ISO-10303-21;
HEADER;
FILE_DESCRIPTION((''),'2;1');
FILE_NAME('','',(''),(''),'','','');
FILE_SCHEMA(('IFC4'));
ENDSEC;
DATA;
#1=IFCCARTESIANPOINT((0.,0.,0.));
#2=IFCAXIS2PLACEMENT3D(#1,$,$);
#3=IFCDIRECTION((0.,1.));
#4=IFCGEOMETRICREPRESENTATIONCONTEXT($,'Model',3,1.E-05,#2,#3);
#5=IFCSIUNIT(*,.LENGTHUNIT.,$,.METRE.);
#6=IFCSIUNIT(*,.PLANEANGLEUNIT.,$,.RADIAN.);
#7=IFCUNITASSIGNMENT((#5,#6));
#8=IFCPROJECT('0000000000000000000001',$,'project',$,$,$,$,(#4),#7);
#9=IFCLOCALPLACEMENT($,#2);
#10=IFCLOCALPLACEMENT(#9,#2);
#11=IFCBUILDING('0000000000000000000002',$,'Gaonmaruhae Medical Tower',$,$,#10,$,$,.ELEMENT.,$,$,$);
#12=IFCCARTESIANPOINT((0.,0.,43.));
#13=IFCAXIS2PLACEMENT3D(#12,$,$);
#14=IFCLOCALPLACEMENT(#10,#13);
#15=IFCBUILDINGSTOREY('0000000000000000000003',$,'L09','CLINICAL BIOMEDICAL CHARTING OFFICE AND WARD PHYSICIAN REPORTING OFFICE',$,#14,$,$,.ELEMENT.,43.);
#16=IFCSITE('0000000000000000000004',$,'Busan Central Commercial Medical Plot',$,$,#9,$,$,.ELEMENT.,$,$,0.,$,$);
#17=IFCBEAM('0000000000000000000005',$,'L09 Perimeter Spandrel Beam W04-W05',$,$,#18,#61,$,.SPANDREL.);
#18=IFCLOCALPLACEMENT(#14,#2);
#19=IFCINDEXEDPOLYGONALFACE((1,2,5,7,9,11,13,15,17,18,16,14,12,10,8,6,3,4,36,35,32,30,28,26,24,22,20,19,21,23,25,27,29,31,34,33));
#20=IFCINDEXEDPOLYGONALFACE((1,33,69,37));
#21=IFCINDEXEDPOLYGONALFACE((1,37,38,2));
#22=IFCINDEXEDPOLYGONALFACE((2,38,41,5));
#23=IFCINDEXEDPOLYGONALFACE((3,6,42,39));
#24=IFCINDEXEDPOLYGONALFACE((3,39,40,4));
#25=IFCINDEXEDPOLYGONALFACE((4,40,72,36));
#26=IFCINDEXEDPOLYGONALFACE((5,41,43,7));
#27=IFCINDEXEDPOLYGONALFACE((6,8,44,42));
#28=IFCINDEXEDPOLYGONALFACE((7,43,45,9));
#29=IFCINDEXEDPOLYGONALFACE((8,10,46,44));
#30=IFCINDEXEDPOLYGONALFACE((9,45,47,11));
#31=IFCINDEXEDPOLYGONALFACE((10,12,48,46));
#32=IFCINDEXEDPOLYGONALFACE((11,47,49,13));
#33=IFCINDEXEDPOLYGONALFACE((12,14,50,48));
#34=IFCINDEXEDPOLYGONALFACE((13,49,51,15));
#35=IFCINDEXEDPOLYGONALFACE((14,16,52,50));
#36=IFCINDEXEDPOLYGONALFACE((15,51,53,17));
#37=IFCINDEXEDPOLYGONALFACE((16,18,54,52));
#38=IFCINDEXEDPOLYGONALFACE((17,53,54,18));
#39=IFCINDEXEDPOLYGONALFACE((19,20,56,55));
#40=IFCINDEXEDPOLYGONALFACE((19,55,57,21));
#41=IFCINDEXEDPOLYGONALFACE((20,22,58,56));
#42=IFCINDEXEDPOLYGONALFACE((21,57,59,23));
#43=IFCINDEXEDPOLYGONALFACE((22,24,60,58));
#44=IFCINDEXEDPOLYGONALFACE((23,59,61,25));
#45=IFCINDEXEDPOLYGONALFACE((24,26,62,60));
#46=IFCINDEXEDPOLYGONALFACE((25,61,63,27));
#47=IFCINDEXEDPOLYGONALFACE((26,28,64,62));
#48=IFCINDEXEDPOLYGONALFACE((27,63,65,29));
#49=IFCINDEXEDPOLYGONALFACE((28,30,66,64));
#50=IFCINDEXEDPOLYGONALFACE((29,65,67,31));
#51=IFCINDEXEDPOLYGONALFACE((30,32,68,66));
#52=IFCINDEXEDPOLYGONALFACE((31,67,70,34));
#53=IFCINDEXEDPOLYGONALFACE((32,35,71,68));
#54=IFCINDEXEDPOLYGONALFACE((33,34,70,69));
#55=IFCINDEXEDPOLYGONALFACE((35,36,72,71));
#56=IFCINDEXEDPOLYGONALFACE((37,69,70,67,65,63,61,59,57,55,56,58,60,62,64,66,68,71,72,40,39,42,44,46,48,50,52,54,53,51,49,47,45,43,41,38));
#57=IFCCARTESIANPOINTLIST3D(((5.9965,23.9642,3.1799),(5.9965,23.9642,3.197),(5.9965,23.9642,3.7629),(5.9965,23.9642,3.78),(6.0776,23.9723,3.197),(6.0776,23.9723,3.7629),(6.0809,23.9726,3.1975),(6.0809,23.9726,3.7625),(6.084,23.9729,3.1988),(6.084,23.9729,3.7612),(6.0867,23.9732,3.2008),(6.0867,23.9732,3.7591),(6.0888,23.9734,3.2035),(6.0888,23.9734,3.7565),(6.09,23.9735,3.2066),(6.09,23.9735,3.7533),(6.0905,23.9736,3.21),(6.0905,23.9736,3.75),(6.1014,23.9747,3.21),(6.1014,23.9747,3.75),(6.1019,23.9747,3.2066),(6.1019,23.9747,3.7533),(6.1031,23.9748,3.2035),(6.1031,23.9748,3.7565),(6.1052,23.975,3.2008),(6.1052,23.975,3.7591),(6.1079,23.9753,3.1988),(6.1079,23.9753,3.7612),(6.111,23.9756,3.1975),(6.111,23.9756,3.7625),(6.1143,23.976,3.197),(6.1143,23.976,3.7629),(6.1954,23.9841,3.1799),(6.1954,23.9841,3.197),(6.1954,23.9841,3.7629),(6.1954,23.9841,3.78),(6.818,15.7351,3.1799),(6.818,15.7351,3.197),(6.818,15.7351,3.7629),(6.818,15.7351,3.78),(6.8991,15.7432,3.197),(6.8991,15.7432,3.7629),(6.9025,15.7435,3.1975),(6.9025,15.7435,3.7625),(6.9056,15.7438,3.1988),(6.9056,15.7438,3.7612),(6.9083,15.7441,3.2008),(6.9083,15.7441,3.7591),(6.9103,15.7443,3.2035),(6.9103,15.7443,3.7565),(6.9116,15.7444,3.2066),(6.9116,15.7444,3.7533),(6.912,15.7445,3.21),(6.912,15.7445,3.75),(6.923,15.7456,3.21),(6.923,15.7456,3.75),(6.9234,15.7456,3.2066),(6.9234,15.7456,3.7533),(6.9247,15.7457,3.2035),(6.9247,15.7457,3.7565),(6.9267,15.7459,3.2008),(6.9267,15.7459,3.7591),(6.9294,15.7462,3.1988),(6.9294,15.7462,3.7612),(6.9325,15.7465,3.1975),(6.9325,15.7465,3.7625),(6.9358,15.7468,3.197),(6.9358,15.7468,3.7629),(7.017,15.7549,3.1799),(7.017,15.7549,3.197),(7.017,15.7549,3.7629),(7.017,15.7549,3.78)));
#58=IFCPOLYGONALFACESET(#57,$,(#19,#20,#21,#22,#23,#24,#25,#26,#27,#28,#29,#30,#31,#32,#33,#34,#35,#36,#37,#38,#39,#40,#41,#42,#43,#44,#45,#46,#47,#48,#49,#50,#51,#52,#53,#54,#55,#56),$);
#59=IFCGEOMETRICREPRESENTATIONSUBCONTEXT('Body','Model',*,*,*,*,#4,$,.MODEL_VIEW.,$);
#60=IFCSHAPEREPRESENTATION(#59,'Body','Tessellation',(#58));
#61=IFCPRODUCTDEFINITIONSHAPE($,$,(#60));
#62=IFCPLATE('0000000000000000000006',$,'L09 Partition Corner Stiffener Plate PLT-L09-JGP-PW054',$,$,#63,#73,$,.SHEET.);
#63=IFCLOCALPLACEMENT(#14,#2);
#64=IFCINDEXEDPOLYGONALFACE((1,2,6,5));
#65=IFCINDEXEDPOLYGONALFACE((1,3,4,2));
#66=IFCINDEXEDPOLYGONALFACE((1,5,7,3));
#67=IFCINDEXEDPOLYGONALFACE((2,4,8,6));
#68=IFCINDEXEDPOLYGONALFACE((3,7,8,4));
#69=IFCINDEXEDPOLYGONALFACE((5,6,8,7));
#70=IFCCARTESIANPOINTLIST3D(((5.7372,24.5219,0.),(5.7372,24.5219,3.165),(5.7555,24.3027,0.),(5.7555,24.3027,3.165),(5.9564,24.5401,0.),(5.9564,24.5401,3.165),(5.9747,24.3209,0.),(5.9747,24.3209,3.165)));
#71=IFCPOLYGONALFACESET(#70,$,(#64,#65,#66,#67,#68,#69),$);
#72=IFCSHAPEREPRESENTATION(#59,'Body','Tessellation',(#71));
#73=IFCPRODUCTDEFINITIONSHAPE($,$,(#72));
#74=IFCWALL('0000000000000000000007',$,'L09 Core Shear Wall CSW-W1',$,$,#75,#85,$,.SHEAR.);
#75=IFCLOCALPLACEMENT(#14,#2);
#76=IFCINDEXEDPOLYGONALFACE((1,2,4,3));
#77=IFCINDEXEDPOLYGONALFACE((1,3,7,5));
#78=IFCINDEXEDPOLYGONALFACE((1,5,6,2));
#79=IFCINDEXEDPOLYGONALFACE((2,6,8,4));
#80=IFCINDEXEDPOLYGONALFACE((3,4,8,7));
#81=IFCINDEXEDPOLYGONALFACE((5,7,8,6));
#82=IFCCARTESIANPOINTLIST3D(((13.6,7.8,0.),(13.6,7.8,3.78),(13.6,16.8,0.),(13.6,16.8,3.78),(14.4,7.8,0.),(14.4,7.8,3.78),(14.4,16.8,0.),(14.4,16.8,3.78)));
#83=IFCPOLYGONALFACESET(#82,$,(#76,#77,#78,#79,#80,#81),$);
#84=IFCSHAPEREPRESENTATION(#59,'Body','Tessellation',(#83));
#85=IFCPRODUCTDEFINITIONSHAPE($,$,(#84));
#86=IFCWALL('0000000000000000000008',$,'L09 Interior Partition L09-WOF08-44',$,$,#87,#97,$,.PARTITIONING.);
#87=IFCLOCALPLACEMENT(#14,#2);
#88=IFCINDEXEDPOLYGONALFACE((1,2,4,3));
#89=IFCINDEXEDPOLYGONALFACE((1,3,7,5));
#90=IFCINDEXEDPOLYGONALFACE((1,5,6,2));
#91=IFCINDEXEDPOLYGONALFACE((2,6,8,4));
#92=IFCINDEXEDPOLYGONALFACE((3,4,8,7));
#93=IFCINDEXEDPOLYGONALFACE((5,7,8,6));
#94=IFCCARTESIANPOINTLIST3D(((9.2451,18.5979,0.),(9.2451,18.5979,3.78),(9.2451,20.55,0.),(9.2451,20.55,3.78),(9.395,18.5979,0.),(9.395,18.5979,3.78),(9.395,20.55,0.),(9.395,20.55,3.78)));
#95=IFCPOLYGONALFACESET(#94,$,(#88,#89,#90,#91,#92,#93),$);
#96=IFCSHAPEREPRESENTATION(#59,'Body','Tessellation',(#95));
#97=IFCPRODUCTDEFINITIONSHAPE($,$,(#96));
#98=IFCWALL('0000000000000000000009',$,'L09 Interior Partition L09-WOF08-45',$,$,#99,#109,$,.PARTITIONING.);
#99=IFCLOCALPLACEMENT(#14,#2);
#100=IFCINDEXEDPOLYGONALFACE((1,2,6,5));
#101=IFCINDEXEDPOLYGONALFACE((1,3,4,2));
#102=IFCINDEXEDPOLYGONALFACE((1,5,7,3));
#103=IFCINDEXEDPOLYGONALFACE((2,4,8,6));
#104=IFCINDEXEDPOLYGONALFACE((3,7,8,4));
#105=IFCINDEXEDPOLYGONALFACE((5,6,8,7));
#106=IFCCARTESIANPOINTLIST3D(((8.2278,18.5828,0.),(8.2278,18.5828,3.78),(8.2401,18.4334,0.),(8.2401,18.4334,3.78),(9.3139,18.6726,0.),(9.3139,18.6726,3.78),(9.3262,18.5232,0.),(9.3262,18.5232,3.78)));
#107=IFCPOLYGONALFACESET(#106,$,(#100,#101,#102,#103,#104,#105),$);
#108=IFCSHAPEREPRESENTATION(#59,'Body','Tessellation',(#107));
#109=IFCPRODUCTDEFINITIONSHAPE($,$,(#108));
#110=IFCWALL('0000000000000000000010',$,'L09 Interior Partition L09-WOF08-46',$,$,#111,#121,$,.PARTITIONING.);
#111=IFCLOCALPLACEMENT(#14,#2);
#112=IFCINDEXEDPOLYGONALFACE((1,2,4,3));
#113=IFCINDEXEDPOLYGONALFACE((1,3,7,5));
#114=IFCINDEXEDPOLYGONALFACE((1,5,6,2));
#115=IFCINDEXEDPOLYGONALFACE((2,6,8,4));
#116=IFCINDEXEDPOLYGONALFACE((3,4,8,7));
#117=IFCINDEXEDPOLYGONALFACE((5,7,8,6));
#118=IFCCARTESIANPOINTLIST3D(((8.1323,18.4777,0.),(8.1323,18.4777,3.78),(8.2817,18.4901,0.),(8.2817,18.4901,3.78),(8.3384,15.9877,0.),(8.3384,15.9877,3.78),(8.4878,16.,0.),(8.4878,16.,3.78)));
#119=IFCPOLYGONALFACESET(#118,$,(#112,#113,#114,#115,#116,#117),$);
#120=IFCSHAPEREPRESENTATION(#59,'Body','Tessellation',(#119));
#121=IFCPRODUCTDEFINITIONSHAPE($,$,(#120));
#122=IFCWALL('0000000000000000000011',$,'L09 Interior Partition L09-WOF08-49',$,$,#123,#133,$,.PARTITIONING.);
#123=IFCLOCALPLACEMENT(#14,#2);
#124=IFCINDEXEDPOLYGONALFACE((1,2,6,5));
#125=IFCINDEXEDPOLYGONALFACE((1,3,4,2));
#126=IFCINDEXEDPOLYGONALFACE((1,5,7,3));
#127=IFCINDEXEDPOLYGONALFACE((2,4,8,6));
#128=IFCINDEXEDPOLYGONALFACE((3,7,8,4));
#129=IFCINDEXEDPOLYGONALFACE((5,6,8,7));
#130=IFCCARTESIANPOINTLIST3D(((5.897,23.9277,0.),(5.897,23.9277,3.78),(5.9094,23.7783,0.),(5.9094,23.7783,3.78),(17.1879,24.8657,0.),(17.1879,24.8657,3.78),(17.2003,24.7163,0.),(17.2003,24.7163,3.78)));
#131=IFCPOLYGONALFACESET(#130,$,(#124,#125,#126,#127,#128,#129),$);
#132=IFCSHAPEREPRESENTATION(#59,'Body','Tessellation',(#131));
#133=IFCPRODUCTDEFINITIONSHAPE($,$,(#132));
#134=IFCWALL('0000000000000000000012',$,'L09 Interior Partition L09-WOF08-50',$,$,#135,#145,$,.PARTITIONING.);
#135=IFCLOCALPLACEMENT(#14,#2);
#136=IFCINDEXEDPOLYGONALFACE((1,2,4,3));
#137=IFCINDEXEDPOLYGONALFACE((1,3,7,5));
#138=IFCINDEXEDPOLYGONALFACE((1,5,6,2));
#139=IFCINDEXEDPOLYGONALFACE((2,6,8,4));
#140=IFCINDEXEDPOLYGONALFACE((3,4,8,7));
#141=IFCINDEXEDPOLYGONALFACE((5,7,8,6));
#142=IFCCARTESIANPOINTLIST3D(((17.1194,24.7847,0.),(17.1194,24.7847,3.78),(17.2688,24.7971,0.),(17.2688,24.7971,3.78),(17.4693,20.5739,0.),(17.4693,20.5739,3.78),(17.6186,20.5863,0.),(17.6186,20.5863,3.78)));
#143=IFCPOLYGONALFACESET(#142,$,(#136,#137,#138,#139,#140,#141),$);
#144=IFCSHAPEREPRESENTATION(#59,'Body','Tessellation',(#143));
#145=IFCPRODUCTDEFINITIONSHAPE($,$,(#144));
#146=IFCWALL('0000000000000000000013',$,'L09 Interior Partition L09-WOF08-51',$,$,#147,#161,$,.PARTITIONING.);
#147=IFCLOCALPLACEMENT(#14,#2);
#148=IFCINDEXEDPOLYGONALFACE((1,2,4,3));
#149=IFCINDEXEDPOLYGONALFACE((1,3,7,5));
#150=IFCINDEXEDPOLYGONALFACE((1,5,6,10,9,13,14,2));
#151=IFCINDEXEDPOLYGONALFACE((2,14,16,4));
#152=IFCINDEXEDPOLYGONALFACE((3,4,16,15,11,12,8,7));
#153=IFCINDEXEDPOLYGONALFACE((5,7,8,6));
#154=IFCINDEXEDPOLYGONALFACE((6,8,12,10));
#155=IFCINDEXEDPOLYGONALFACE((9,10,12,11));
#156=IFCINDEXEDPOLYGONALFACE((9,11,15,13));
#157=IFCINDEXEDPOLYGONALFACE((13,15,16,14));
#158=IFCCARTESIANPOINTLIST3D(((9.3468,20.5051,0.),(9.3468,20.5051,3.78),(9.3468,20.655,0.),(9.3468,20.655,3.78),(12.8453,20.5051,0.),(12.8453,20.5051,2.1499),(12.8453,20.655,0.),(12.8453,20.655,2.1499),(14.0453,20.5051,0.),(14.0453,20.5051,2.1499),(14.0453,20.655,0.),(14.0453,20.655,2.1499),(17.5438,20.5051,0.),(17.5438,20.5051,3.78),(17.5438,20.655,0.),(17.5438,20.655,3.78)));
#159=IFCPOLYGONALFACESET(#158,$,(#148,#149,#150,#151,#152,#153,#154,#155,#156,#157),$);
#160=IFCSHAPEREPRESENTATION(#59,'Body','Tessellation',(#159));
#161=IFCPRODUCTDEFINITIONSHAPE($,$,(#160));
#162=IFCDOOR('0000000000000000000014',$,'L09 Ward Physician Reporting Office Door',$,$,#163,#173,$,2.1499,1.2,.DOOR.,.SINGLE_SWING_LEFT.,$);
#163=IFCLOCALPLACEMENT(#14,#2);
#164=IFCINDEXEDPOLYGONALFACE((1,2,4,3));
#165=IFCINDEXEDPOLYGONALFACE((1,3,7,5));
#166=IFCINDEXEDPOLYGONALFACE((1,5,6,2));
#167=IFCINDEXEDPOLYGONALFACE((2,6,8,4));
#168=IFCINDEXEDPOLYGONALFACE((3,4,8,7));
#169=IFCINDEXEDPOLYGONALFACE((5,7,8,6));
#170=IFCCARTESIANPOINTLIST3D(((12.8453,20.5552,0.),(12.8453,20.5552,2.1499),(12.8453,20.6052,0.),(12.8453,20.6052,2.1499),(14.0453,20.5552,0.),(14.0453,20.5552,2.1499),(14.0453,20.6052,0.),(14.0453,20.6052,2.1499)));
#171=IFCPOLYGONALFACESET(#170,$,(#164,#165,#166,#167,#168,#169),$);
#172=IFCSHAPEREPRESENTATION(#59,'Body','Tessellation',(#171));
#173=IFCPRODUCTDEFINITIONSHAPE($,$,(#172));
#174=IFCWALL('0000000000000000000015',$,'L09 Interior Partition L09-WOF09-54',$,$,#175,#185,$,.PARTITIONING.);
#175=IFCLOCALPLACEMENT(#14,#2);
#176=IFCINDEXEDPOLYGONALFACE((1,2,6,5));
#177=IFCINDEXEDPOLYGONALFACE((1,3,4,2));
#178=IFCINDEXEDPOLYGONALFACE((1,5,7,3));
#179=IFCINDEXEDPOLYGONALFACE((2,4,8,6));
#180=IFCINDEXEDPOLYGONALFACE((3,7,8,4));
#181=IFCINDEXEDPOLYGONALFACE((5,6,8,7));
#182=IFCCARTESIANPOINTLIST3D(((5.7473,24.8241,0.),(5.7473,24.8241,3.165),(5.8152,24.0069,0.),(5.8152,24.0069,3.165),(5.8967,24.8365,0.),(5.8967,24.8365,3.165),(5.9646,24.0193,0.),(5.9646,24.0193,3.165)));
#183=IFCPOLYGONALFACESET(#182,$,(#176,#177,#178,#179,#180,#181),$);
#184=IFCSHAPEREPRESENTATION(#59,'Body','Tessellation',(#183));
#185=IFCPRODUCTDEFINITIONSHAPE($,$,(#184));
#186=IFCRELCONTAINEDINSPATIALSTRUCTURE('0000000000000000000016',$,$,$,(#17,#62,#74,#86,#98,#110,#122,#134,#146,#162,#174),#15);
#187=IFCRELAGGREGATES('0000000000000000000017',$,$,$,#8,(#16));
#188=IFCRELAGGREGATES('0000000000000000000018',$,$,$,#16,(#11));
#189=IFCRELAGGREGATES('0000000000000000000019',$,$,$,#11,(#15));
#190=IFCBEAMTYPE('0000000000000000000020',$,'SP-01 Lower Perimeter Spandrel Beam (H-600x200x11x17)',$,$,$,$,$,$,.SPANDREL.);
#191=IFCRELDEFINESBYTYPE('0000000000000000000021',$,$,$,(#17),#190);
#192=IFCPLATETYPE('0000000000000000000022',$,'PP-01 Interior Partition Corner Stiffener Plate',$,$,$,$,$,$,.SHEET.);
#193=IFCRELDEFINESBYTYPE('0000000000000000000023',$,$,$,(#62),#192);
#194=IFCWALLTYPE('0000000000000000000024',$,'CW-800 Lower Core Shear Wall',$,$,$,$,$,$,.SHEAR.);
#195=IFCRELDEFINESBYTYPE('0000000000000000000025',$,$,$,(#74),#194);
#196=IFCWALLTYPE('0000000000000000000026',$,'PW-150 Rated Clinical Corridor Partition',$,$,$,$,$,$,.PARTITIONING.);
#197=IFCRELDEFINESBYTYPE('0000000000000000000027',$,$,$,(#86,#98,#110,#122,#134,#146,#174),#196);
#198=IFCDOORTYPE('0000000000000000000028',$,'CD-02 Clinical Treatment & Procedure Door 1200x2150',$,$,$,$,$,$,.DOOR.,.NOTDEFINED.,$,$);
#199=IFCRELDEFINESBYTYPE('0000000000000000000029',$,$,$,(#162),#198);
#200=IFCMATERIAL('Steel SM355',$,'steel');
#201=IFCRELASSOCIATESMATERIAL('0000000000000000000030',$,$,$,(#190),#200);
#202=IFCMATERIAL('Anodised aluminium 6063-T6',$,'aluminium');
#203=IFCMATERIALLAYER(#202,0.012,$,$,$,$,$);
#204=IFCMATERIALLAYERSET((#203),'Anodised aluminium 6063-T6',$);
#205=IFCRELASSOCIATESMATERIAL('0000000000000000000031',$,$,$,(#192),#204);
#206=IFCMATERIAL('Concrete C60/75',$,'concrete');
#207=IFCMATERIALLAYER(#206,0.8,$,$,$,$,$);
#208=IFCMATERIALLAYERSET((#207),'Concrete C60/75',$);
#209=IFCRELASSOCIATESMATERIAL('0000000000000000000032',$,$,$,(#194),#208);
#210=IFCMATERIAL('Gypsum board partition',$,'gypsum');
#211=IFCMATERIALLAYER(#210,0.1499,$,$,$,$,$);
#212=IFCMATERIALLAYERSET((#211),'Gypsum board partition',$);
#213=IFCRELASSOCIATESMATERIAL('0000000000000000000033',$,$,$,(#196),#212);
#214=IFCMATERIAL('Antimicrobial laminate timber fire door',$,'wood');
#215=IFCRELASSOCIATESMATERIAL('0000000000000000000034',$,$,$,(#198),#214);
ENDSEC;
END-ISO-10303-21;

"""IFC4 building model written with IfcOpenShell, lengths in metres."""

from ifc_helpers import new_model, si_unit, direction, frame, frame_2d, origin, origin_2d, place, context, subcontext, project, spatial, rectangle, i_section, extrude, material, layer, layer_set, material_profile, profile_set, type_object, element, fill, save


model = new_model("IFC4")

# Units and contexts
model_context = context("Model", 3, precision=1e-05, world=origin(), true_north=direction((0.0, 1.0)))
body_context = subcontext(model_context, "Body", "Model", "MODEL_VIEW")
ifc_project = project(units=[si_unit("LENGTHUNIT", "METRE"), si_unit("PLANEANGLEUNIT", "RADIAN")], contexts=[model_context])

# Site, building, storey
site_placement = place(None, origin())
site = spatial("IfcSite", under=ifc_project, at=site_placement, Name="Busan Central Commercial Medical Plot", CompositionType="ELEMENT", RefElevation=0.0)
building_placement = place(site_placement, origin())
building = spatial("IfcBuilding", under=site, at=building_placement, Name="Gaonmaruhae Medical Tower", CompositionType="ELEMENT")
storey_placement = place(building_placement, frame((0.0, 0.0, 43.0)))
storey = spatial("IfcBuildingStorey", under=building, at=storey_placement, Name="L09", Description="CLINICAL BIOMEDICAL CHARTING OFFICE AND WARD PHYSICIAN REPORTING OFFICE", CompositionType="ELEMENT", Elevation=43.0)

# Shared definitions
ifc_material_1 = material(Name="Concrete C60/75", Category="concrete")

# Beam
ifc_material_2 = material(Name="Steel SM355", Category="steel")
ifc_material_profile_1 = material_profile(ifc_material_2, i_section(OverallWidth=0.2, OverallDepth=0.6001, WebThickness=0.011, FlangeThickness=0.0171, FilletRadius=0.0129, at=origin_2d()), Name="H-600x200x11x17")
ifc_profile_set_1 = profile_set([ifc_material_profile_1], Name="Steel SM355")
beam_type_1 = type_object("IfcBeamType", Name="SP-01 Lower Perimeter Spandrel Beam (H-600x200x11x17)", PredefinedType="SPANDREL", material=ifc_profile_set_1)
beam_1_placement = place(storey_placement, frame((6.0959, 23.9741, 3.48), z_axis=(0.09934, -0.995054, 0.0), x_axis=(0.995054, 0.09934, 0.0)))
element("IfcBeam", 1, at=beam_1_placement, inside=storey, type_object=beam_type_1, Name="L09 Perimeter Spandrel Beam W04-W05", PredefinedType="SPANDREL", context=body_context, shape_type="SweptSolid", body=[
    extrude(i_section(OverallWidth=0.2, OverallDepth=0.6001, WebThickness=0.011, FlangeThickness=0.0171, FilletRadius=0.0129, at=origin_2d()), origin(), (0.0, 0.0, 1.0), 8.27),
])

# Plate
ifc_material_3 = material(Name="Anodised aluminium 6063-T6", Category="aluminium")
ifc_layer_1 = layer(ifc_material_3, 0.012)
ifc_layer_set_1 = layer_set([ifc_layer_1], Name="Anodised aluminium 6063-T6")
plate_type = type_object("IfcPlateType", Name="PP-01 Interior Partition Corner Stiffener Plate", PredefinedType="SHEET", material=ifc_layer_set_1)
plate_placement = place(storey_placement, frame((5.856, 24.4214, 0.0), z_axis=(0.0, 0.0, 1.0), x_axis=(-0.082947, 0.996554, 0.0)))
element("IfcPlate", 2, at=plate_placement, inside=storey, type_object=plate_type, Name="L09 Partition Corner Stiffener Plate PLT-L09-JGP-PW054", PredefinedType="SHEET", context=body_context, shape_type="SweptSolid", body=[
    extrude(rectangle(XDim=0.22, YDim=0.22, at=origin_2d()), origin(), (0.0, 0.0, 1.0), 3.165),
])

# Walls
ifc_layer_2 = layer(ifc_material_1, 0.8)
ifc_layer_set_2 = layer_set([ifc_layer_2], Name="Concrete C60/75")
wall_type_1 = type_object("IfcWallType", Name="CW-800 Lower Core Shear Wall", PredefinedType="SHEAR", material=ifc_layer_set_2)
wall_1_placement = place(storey_placement, frame((14.0, 16.8, 0.0), z_axis=(0.0, 0.0, 1.0), x_axis=(0.0, -1.0, 0.0)))
element("IfcWall", 3, at=wall_1_placement, inside=storey, type_object=wall_type_1, Name="L09 Core Shear Wall CSW-W1", PredefinedType="SHEAR", context=body_context, shape_type="SweptSolid", body=[
    extrude(rectangle(XDim=9.0, YDim=0.8, at=frame_2d((4.5, 0.0))), origin(), (0.0, 0.0, 1.0), 3.78),
])
ifc_material_4 = material(Name="Gypsum board partition", Category="gypsum")
ifc_layer_3 = layer(ifc_material_4, 0.1499)
ifc_layer_set_3 = layer_set([ifc_layer_3], Name="Gypsum board partition")
wall_type_2 = type_object("IfcWallType", Name="PW-150 Rated Clinical Corridor Partition", PredefinedType="PARTITIONING", material=ifc_layer_set_3)
wall_2_placement = place(storey_placement, frame((9.3201, 20.55, 0.0), z_axis=(0.0, 0.0, 1.0), x_axis=(0.0, -1.0, 0.0)))
element("IfcWall", 4, at=wall_2_placement, inside=storey, type_object=wall_type_2, Name="L09 Interior Partition L09-WOF08-44", PredefinedType="PARTITIONING", context=body_context, shape_type="SweptSolid", body=[
    extrude(rectangle(XDim=1.9521, YDim=0.1499, at=frame_2d((0.9761, 0.0))), origin(), (0.0, 0.0, 1.0), 3.78),
])
wall_3_placement = place(storey_placement, frame((9.3201, 18.5979, 0.0), z_axis=(0.0, 0.0, 1.0), x_axis=(-0.996597, -0.082434, 0.0)))
element("IfcWall", 5, at=wall_3_placement, inside=storey, type_object=wall_type_2, Name="L09 Interior Partition L09-WOF08-45", PredefinedType="PARTITIONING", context=body_context, shape_type="SweptSolid", body=[
    extrude(rectangle(XDim=1.0898, YDim=0.1499, at=frame_2d((0.5449, 0.0))), origin(), (0.0, 0.0, 1.0), 3.78),
])
wall_4_placement = place(storey_placement, frame((8.207, 18.4839, 0.0), z_axis=(0.0, 0.0, 1.0), x_axis=(0.082471, -0.996593, 0.0)))
element("IfcWall", 6, at=wall_4_placement, inside=storey, type_object=wall_type_2, Name="L09 Interior Partition L09-WOF08-46", PredefinedType="PARTITIONING", context=body_context, shape_type="SweptSolid", body=[
    extrude(rectangle(XDim=2.4985, YDim=0.1499, at=frame_2d((1.2493, 0.0))), origin(), (0.0, 0.0, 1.0), 3.78),
])
wall_5_placement = place(storey_placement, frame((5.9031, 23.853, 0.0), z_axis=(0.0, 0.0, 1.0), x_axis=(0.996567, 0.082789, 0.0)))
element("IfcWall", 7, at=wall_5_placement, inside=storey, type_object=wall_type_2, Name="L09 Interior Partition L09-WOF08-49", PredefinedType="PARTITIONING", context=body_context, shape_type="SweptSolid", body=[
    extrude(rectangle(XDim=11.3298, YDim=0.1499, at=frame_2d((5.665, 0.0))), origin(), (0.0, 0.0, 1.0), 3.78),
])
wall_6_placement = place(storey_placement, frame((17.1941, 24.791, 0.0), z_axis=(0.0, 0.0, 1.0), x_axis=(0.082797, -0.996566, 0.0)))
element("IfcWall", 8, at=wall_6_placement, inside=storey, type_object=wall_type_2, Name="L09 Interior Partition L09-WOF08-50", PredefinedType="PARTITIONING", context=body_context, shape_type="SweptSolid", body=[
    extrude(rectangle(XDim=4.2253, YDim=0.1499, at=frame_2d((2.1128, 0.0))), origin(), (0.0, 0.0, 1.0), 3.78),
])

# Wall, opening, door
wall_7_placement = place(storey_placement, frame((17.5439, 20.5801, 0.0), z_axis=(0.0, 0.0, 1.0), x_axis=(-1.0, 0.0, 0.0)))
wall_7 = element("IfcWall", 9, at=wall_7_placement, inside=storey, type_object=wall_type_2, Name="L09 Interior Partition L09-WOF08-51", PredefinedType="PARTITIONING", context=body_context, shape_type="SweptSolid", body=[
    extrude(rectangle(XDim=8.197, YDim=0.1499, at=frame_2d((4.0986, 0.0))), origin(), (0.0, 0.0, 1.0), 3.78),
])
opening_placement = place(wall_7_placement, frame((3.4985, 0.0, 0.0)))
opening = element("IfcOpeningElement", 10, at=opening_placement, cuts=wall_7, PredefinedType="OPENING", context=body_context, shape_type="SweptSolid", body=[
    extrude(rectangle(XDim=1.2, YDim=2.1499, at=frame_2d((0.6001, 1.075))), frame((0.0, 0.085, 0.0), z_axis=(0.0, -1.0, 0.0), x_axis=(1.0, 0.0, 0.0)), (0.0, 0.0, 1.0), 0.1699),
])
ifc_material_5 = material(Name="Antimicrobial laminate timber fire door", Category="wood")
door_type = type_object("IfcDoorType", Name="CD-02 Clinical Treatment & Procedure Door 1200x2150", OperationType="NOTDEFINED", PredefinedType="DOOR", material=ifc_material_5)
door_placement = place(opening_placement, origin())
door = element("IfcDoor", 11, at=door_placement, inside=storey, type_object=door_type, Name="L09 Ward Physician Reporting Office Door", OperationType="SINGLE_SWING_LEFT", OverallHeight=2.1499, OverallWidth=1.2, PredefinedType="DOOR", context=body_context, shape_type="SweptSolid", body=[
    extrude(rectangle(XDim=1.2, YDim=2.1499, at=frame_2d((0.6001, 1.075))), frame((0.0, 0.0249, 0.0), z_axis=(0.0, -1.0, 0.0), x_axis=(1.0, 0.0, 0.0)), (0.0, 0.0, 1.0), 0.05),
])
fill(opening, door)

# Wall
wall_8_placement = place(storey_placement, frame((5.8899, 24.0129, 0.0), z_axis=(0.0, 0.0, 1.0), x_axis=(-0.082774, 0.996568, 0.0)))
element("IfcWall", 12, at=wall_8_placement, inside=storey, type_object=wall_type_2, Name="L09 Interior Partition L09-WOF09-54", PredefinedType="PARTITIONING", context=body_context, shape_type="SweptSolid", body=[
    extrude(rectangle(XDim=0.8201, YDim=0.1499, at=frame_2d((0.4102, 0.0))), origin(), (0.0, 0.0, 1.0), 3.165),
])

save(model, "model.ifc")
